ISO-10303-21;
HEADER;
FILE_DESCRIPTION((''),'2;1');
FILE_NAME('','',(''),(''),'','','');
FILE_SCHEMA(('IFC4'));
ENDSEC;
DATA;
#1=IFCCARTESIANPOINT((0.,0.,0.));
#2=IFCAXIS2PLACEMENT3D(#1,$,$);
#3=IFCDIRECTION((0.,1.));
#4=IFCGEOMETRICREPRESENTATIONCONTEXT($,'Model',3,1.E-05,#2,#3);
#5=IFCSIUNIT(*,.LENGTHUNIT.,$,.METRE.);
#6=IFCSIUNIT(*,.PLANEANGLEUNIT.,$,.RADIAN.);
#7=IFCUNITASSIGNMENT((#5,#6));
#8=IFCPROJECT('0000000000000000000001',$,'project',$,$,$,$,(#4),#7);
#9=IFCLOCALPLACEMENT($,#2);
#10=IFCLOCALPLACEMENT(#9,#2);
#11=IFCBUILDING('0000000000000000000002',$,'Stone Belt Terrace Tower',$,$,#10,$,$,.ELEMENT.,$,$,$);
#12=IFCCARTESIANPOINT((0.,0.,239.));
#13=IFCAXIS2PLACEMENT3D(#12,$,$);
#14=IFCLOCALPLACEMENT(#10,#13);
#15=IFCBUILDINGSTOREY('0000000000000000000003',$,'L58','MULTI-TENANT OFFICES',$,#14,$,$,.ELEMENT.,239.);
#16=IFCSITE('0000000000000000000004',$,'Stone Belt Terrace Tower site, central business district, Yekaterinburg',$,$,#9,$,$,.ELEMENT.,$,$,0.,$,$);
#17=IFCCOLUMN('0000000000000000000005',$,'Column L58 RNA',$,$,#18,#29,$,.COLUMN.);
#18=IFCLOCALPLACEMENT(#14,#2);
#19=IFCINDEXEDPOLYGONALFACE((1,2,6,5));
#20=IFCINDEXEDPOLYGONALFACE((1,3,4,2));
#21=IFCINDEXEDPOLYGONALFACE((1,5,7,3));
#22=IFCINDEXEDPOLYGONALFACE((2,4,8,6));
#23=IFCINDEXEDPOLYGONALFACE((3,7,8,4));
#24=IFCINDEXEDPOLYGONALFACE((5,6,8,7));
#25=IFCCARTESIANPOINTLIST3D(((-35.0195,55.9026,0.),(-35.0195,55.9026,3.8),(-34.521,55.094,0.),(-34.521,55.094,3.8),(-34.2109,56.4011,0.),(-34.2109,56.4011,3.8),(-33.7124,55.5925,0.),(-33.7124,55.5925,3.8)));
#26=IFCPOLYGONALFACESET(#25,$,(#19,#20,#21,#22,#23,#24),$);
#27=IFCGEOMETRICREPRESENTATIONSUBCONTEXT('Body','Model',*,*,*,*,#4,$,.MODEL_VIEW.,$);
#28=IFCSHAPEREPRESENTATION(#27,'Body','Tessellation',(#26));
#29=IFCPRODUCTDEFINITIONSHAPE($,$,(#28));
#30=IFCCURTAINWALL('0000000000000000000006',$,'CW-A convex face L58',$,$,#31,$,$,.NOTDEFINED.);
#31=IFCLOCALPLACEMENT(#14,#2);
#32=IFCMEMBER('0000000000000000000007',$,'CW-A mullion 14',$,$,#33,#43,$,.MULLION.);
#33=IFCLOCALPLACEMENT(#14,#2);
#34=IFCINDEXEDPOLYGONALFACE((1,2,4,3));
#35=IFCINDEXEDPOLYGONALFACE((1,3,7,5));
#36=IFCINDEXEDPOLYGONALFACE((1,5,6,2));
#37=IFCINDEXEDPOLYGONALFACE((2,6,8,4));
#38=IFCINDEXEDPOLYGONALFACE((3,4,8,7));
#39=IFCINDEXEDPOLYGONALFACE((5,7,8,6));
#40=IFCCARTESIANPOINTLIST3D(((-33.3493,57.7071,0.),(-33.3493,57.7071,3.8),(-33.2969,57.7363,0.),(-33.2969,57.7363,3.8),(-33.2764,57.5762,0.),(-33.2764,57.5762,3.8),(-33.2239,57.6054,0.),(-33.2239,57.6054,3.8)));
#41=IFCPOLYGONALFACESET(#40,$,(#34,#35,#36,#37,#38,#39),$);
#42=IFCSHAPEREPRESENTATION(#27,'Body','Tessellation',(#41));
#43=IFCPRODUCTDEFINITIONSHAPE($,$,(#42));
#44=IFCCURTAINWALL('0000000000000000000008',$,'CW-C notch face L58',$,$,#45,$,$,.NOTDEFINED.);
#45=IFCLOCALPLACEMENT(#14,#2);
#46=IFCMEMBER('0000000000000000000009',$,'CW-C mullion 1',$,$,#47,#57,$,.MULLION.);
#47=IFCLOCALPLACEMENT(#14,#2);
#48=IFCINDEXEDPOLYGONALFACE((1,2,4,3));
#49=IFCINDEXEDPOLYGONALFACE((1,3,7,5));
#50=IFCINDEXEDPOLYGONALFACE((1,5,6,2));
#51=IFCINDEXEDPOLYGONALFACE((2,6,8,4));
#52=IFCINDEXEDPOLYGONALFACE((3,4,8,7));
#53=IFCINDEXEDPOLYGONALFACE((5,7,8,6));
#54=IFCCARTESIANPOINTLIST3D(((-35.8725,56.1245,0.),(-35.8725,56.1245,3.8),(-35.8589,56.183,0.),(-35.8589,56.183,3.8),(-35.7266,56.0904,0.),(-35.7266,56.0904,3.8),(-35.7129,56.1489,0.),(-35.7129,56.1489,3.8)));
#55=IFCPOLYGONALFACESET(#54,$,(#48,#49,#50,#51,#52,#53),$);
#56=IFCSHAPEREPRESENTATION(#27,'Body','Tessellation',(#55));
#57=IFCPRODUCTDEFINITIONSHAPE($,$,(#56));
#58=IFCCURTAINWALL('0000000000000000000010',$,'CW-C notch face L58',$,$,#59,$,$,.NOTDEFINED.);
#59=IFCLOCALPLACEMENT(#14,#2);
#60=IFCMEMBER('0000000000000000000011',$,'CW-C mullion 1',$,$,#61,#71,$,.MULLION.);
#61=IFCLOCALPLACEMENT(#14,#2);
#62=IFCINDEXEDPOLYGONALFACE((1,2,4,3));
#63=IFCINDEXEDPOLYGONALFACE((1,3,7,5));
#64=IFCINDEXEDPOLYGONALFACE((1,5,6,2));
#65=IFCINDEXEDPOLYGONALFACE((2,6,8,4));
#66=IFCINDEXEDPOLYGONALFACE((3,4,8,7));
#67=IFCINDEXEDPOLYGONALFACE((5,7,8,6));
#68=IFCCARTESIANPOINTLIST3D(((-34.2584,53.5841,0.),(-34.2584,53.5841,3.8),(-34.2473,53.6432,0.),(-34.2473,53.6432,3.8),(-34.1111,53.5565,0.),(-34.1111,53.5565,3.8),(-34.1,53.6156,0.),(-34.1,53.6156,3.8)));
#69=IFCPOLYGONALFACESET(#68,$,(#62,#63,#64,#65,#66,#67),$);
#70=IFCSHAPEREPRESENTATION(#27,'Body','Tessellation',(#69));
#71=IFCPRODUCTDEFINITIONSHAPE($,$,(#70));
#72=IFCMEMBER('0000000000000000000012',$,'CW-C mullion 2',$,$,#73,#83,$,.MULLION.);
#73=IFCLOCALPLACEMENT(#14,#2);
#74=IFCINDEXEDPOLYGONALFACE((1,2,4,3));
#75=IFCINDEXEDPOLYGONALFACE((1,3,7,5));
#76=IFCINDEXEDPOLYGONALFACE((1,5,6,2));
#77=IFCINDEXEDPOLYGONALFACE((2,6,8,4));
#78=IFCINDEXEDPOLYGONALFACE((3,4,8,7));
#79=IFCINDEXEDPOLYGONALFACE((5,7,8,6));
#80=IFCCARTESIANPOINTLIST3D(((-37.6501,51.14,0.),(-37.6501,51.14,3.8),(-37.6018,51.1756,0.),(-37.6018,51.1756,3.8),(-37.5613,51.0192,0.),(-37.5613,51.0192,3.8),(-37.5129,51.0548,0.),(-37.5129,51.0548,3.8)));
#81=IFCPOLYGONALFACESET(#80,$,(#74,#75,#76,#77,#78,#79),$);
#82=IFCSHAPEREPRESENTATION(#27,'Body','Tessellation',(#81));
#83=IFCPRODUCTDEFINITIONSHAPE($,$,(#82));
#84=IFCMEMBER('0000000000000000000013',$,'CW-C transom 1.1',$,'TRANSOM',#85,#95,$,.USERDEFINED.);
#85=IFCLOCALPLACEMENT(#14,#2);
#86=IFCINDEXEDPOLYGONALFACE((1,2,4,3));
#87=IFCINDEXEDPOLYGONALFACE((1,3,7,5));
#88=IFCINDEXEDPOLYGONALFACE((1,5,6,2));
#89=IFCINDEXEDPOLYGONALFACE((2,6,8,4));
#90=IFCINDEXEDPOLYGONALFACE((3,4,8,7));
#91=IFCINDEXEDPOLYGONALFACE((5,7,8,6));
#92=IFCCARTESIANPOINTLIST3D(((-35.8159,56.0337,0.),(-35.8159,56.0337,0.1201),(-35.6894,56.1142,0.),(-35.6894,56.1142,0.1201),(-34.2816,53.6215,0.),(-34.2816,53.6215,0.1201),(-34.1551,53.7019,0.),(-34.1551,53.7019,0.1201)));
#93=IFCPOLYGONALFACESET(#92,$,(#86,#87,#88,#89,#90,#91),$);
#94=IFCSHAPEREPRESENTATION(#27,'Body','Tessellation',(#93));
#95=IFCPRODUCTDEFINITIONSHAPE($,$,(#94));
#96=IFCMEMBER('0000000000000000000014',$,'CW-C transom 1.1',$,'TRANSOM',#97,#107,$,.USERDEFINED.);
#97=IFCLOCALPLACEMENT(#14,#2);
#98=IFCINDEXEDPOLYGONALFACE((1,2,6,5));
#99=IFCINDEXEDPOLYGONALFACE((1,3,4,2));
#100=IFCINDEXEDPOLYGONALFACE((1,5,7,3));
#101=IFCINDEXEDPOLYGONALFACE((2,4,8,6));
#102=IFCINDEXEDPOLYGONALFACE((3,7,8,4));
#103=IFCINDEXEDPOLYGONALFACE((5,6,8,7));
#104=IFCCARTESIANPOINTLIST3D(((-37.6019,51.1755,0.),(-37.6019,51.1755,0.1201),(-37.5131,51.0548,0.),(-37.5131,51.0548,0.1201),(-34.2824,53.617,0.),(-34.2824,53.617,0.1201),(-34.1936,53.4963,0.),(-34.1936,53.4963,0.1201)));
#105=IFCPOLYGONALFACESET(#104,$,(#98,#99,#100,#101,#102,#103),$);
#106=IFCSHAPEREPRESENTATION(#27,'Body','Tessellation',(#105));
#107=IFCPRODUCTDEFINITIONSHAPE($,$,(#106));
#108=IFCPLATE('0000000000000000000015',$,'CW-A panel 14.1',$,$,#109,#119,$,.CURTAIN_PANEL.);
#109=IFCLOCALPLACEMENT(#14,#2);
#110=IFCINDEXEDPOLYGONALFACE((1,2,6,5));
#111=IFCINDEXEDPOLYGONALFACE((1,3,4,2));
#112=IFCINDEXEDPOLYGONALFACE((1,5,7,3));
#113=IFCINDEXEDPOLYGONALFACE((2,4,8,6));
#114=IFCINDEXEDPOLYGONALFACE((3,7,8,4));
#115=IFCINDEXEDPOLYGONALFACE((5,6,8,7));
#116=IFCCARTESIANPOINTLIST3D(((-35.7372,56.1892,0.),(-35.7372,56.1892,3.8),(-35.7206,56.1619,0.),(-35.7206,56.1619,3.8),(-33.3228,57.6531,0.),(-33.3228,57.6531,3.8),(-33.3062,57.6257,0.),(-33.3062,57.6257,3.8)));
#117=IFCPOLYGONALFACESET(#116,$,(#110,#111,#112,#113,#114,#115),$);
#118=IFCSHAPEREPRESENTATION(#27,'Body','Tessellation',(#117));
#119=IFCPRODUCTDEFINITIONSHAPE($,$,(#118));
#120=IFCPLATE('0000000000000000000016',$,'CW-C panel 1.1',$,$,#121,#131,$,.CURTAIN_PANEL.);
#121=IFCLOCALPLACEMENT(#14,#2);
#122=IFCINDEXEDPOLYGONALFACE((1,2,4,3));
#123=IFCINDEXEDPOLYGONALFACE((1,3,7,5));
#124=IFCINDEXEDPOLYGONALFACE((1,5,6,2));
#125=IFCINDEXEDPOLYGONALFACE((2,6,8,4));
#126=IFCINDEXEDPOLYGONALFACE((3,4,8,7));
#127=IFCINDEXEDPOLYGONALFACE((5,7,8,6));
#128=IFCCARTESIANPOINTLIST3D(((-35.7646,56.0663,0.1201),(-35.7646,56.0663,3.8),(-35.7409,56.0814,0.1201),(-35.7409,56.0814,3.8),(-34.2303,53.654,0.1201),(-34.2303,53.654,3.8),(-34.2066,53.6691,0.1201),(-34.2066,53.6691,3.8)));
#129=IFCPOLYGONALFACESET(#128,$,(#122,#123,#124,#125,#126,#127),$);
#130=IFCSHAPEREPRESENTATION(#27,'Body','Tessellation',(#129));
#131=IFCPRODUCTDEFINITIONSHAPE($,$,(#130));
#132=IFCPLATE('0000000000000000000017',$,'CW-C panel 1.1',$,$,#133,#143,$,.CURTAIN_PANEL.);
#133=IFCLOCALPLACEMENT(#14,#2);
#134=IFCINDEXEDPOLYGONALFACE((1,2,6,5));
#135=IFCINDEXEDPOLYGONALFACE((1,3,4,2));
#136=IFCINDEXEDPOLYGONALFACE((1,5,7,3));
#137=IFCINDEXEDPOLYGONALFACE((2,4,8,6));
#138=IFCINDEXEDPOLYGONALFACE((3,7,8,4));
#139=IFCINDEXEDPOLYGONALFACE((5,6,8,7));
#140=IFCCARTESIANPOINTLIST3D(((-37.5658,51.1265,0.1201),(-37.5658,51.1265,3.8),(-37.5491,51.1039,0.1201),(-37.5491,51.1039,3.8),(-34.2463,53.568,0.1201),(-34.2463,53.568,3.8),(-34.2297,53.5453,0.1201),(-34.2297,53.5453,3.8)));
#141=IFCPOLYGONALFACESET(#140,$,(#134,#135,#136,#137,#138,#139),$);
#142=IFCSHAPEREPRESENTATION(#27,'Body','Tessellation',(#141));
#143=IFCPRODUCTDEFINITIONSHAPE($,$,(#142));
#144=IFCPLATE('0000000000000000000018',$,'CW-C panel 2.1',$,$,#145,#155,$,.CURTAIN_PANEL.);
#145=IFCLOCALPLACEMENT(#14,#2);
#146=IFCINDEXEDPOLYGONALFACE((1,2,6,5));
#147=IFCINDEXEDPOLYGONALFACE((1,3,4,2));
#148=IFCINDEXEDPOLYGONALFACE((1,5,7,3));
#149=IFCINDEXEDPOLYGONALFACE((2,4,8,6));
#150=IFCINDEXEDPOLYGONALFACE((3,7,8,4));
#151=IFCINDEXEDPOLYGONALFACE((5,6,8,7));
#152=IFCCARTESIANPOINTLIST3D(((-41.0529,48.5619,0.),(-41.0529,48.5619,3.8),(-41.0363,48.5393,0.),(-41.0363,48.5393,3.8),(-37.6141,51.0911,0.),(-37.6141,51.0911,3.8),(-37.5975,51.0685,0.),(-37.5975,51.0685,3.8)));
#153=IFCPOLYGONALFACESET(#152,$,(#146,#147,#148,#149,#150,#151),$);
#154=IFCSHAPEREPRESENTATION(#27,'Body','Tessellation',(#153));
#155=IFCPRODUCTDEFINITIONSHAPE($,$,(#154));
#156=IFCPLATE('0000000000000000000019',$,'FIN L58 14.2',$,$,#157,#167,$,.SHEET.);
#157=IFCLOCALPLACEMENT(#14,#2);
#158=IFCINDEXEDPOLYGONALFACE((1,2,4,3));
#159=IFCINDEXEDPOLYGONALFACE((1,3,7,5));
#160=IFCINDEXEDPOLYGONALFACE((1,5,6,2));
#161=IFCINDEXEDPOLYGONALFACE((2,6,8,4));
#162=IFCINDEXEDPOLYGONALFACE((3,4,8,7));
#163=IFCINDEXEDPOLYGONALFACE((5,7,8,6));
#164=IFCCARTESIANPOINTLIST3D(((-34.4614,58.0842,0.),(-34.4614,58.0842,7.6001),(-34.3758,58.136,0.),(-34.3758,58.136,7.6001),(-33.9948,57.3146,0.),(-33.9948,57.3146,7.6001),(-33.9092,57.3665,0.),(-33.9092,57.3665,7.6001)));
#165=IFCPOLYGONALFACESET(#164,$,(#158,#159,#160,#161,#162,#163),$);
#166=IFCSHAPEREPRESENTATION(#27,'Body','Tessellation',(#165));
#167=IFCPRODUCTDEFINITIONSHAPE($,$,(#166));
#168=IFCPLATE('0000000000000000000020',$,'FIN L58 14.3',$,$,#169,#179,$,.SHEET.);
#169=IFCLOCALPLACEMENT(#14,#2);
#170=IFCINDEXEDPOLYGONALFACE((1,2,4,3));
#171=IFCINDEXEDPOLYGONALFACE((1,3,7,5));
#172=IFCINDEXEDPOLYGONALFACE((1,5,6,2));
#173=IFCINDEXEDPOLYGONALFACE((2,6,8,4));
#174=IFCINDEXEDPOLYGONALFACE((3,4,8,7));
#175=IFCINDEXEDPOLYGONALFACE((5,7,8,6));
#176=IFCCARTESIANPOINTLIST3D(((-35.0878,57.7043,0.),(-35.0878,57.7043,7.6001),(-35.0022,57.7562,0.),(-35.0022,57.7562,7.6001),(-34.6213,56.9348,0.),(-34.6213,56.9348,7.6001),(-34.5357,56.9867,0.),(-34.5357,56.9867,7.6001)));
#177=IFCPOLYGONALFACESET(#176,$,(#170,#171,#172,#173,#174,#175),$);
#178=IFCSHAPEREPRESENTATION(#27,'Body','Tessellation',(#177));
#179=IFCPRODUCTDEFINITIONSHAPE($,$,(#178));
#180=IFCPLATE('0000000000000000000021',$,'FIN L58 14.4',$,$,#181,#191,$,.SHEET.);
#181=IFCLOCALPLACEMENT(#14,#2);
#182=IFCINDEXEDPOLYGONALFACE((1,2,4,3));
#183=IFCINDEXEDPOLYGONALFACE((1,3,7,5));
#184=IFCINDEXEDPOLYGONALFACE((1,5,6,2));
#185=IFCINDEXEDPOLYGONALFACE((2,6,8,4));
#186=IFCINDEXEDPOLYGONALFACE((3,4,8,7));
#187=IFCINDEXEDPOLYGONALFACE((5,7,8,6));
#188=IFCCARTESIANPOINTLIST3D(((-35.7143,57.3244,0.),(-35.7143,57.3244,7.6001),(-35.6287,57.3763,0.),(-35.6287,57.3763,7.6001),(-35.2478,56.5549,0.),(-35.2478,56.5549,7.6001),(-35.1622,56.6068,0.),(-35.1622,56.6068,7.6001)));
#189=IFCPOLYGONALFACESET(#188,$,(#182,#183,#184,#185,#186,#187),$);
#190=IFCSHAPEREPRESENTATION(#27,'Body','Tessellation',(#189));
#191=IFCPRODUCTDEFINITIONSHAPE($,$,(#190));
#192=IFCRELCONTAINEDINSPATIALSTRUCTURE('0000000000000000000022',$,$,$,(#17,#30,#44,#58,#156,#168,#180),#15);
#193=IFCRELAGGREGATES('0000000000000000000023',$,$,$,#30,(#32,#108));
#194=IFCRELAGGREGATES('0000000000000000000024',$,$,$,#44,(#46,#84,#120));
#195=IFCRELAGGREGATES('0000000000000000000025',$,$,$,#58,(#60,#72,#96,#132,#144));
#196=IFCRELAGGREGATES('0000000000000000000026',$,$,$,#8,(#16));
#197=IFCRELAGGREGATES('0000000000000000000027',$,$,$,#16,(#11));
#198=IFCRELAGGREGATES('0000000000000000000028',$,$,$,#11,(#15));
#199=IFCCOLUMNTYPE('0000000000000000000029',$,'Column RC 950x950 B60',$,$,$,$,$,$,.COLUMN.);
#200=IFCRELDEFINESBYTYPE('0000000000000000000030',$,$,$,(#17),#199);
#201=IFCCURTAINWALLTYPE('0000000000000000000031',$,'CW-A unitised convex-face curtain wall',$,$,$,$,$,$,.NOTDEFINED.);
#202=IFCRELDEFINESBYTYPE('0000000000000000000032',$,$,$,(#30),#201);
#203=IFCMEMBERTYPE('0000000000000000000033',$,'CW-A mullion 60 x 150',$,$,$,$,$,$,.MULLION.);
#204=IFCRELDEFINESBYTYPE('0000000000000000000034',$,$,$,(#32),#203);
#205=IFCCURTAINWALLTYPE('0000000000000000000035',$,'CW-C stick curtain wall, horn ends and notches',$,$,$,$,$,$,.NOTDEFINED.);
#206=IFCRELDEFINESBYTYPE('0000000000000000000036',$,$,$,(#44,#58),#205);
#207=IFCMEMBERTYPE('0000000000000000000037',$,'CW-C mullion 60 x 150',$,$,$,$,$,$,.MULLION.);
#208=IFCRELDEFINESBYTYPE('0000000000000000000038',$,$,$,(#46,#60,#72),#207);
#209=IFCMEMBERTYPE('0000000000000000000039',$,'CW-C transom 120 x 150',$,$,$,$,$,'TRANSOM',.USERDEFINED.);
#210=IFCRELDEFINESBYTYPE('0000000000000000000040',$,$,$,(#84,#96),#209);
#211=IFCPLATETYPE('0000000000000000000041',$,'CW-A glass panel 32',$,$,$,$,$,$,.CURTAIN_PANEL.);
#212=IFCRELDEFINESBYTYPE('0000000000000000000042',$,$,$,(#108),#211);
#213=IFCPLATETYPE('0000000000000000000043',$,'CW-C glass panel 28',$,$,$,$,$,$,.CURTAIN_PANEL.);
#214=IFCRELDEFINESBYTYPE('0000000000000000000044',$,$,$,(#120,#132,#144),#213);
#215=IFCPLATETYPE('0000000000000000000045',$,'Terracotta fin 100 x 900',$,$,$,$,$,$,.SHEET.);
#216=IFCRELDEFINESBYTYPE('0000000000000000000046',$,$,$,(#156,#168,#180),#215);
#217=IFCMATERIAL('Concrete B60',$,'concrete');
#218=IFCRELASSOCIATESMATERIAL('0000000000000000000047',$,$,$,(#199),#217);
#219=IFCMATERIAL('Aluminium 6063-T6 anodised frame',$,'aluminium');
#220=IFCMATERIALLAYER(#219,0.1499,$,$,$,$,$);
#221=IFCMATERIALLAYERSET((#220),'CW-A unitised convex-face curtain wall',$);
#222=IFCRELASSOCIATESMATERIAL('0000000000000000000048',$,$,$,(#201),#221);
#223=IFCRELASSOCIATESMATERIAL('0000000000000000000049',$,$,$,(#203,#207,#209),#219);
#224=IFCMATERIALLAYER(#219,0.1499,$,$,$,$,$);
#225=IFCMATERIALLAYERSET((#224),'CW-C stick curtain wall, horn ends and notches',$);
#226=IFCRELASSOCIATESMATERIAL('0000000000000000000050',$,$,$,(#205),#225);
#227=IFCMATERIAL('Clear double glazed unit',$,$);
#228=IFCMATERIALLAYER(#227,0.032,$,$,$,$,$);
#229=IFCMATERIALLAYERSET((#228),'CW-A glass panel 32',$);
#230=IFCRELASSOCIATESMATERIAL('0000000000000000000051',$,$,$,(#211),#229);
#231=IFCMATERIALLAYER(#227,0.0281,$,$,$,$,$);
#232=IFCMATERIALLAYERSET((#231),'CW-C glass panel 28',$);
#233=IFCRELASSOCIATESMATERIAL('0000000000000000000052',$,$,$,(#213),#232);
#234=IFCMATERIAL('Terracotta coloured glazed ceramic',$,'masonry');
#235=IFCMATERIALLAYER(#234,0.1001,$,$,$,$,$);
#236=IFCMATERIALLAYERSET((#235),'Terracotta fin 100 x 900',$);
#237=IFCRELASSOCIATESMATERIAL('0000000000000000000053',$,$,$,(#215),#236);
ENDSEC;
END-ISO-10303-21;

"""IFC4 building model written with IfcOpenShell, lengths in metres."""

from ifc_helpers import new_model, si_unit, direction, frame, origin, origin_2d, place, context, subcontext, project, spatial, rectangle, extrude, material, layer, layer_set, material_profile, profile_set, type_object, element, aggregate, save


model = new_model("IFC4")

# Units and contexts
model_context = context("Model", 3, precision=1e-05, world=origin(), true_north=direction((0.0, 1.0)))
body_context = subcontext(model_context, "Body", "Model", "MODEL_VIEW")
ifc_project = project(units=[si_unit("LENGTHUNIT", "METRE"), si_unit("PLANEANGLEUNIT", "RADIAN")], contexts=[model_context])

# Site, building, storey
site_placement = place(None, origin())
site = spatial("IfcSite", under=ifc_project, at=site_placement, Name="Stone Belt Terrace Tower site, central business district, Yekaterinburg", CompositionType="ELEMENT", RefElevation=0.0)
building_placement = place(site_placement, origin())
building = spatial("IfcBuilding", under=site, at=building_placement, Name="Stone Belt Terrace Tower", CompositionType="ELEMENT")
storey_placement = place(building_placement, frame((0.0, 0.0, 239.0)))
storey = spatial("IfcBuildingStorey", under=building, at=storey_placement, Name="L58", Description="MULTI-TENANT OFFICES", CompositionType="ELEMENT", Elevation=239.0)

# Column
ifc_material_1 = material(Name="Concrete B60", Category="concrete")
ifc_material_profile_1 = material_profile(ifc_material_1, rectangle(XDim=0.95, YDim=0.95, at=origin_2d()), Name="RC 950x950")
ifc_profile_set_1 = profile_set([ifc_material_profile_1], Name="Concrete B60")
column_type = type_object("IfcColumnType", Name="Column RC 950x950 B60", PredefinedType="COLUMN", material=ifc_profile_set_1)
column_placement = place(storey_placement, frame((-34.366, 55.7476, 0.0), z_axis=(0.0, 0.0, 1.0), x_axis=(0.851251, 0.524759, 0.0)))
element("IfcColumn", 1, at=column_placement, inside=storey, type_object=column_type, Name="Column L58 RNA", PredefinedType="COLUMN", context=body_context, shape_type="SweptSolid", body=[
    extrude(rectangle(XDim=0.95, YDim=0.95, at=origin_2d()), origin(), (0.0, 0.0, 1.0), 3.8),
])

# Curtain walls, members
ifc_material_2 = material(Name="Aluminium 6063-T6 anodised frame", Category="aluminium")
ifc_layer_1 = layer(ifc_material_2, 0.1499)
ifc_layer_set_1 = layer_set([ifc_layer_1], Name="CW-A unitised convex-face curtain wall")
curtain_wall_type_1 = type_object("IfcCurtainWallType", Name="CW-A unitised convex-face curtain wall", PredefinedType="NOTDEFINED", material=ifc_layer_set_1)
curtain_wall_1_placement = place(storey_placement, origin())
curtain_wall_1 = element("IfcCurtainWall", 2, at=curtain_wall_1_placement, inside=storey, type_object=curtain_wall_type_1, Name="CW-A convex face L58", PredefinedType="NOTDEFINED")
ifc_material_profile_2 = material_profile(ifc_material_2, rectangle(XDim=0.1499, YDim=0.0601, at=origin_2d()), Name="Aluminium 6063-T6 60x150")
ifc_profile_set_2 = profile_set([ifc_material_profile_2], Name="Aluminium 6063-T6 anodised frame")
member_type_1 = type_object("IfcMemberType", Name="CW-A mullion 60 x 150", PredefinedType="MULLION", material=ifc_profile_set_2)
member_1_placement = place(storey_placement, frame((-33.2866, 57.6562, 0.0), z_axis=(0.0, 0.0, 1.0), x_axis=(0.486552, -0.873651, 0.0)))
member_1 = element("IfcMember", 3, at=member_1_placement, type_object=member_type_1, Name="CW-A mullion 14", PredefinedType="MULLION", context=body_context, shape_type="SweptSolid", body=[
    extrude(rectangle(XDim=0.1499, YDim=0.0601, at=origin_2d()), origin(), (0.0, 0.0, 1.0), 3.8),
])
ifc_layer_2 = layer(ifc_material_2, 0.1499)
ifc_layer_set_2 = layer_set([ifc_layer_2], Name="CW-C stick curtain wall, horn ends and notches")
curtain_wall_type_2 = type_object("IfcCurtainWallType", Name="CW-C stick curtain wall, horn ends and notches", PredefinedType="NOTDEFINED", material=ifc_layer_set_2)
curtain_wall_2_placement = place(storey_placement, origin())
curtain_wall_2 = element("IfcCurtainWall", 4, at=curtain_wall_2_placement, inside=storey, type_object=curtain_wall_type_2, Name="CW-C notch face L58", PredefinedType="NOTDEFINED")
ifc_material_profile_3 = material_profile(ifc_material_2, rectangle(XDim=0.1499, YDim=0.0601, at=origin_2d()), Name="Aluminium 6063-T6 60x150")
ifc_profile_set_3 = profile_set([ifc_material_profile_3], Name="Aluminium 6063-T6 anodised frame")
member_type_2 = type_object("IfcMemberType", Name="CW-C mullion 60 x 150", PredefinedType="MULLION", material=ifc_profile_set_3)
member_2_placement = place(storey_placement, frame((-35.7927, 56.1367, 0.0), z_axis=(0.0, 0.0, 1.0), x_axis=(0.973749, -0.227626, 0.0)))
member_2 = element("IfcMember", 5, at=member_2_placement, type_object=member_type_2, Name="CW-C mullion 1", PredefinedType="MULLION", context=body_context, shape_type="SweptSolid", body=[
    extrude(rectangle(XDim=0.1499, YDim=0.0601, at=origin_2d()), origin(), (0.0, 0.0, 1.0), 3.8),
])

# Curtain wall, members
curtain_wall_3_placement = place(storey_placement, origin())
curtain_wall_3 = element("IfcCurtainWall", 6, at=curtain_wall_3_placement, inside=storey, type_object=curtain_wall_type_2, Name="CW-C notch face L58", PredefinedType="NOTDEFINED")
member_3_placement = place(storey_placement, frame((-34.1792, 53.5999, 0.0), z_axis=(0.0, 0.0, 1.0), x_axis=(0.982921, -0.184029, 0.0)))
member_3 = element("IfcMember", 7, at=member_3_placement, type_object=member_type_2, Name="CW-C mullion 1", PredefinedType="MULLION", context=body_context, shape_type="SweptSolid", body=[
    extrude(rectangle(XDim=0.1499, YDim=0.0601, at=origin_2d()), origin(), (0.0, 0.0, 1.0), 3.8),
])
member_4_placement = place(storey_placement, frame((-37.5815, 51.0974, 0.0), z_axis=(0.0, 0.0, 1.0), x_axis=(0.592492, -0.805576, 0.0)))
member_4 = element("IfcMember", 8, at=member_4_placement, type_object=member_type_2, Name="CW-C mullion 2", PredefinedType="MULLION", context=body_context, shape_type="SweptSolid", body=[
    extrude(rectangle(XDim=0.1499, YDim=0.0601, at=origin_2d()), origin(), (0.0, 0.0, 1.0), 3.8),
])

# Members
ifc_material_profile_4 = material_profile(ifc_material_2, rectangle(XDim=0.1499, YDim=0.1201, at=origin_2d()), Name="Aluminium 6063-T6 150x120")
ifc_profile_set_4 = profile_set([ifc_material_profile_4], Name="Aluminium 6063-T6 anodised frame")
member_type_3 = type_object("IfcMemberType", Name="CW-C transom 120 x 150", ElementType="TRANSOM", PredefinedType="USERDEFINED", material=ifc_profile_set_4)
member_5_placement = place(storey_placement, frame((-35.7527, 56.074, 0.0601), z_axis=(0.536699, -0.843774, 0.0), x_axis=(0.843774, 0.536699, 0.0)))
member_5 = element("IfcMember", 9, at=member_5_placement, type_object=member_type_3, Name="CW-C transom 1.1", ObjectType="TRANSOM", PredefinedType="USERDEFINED", context=body_context, shape_type="SweptSolid", body=[
    extrude(rectangle(XDim=0.1499, YDim=0.1201, at=origin_2d()), origin(), (0.0, 0.0, 1.0), 2.8589),
])
member_6_placement = place(storey_placement, frame((-34.238, 53.5566, 0.0601), z_axis=(-0.805568, -0.592504, 0.0), x_axis=(0.592504, -0.805568, 0.0)))
member_6 = element("IfcMember", 10, at=member_6_placement, type_object=member_type_3, Name="CW-C transom 1.1", ObjectType="TRANSOM", PredefinedType="USERDEFINED", context=body_context, shape_type="SweptSolid", body=[
    extrude(rectangle(XDim=0.1499, YDim=0.1201, at=origin_2d()), origin(), (0.0, 0.0, 1.0), 4.1206),
])

# Plates
ifc_material_3 = material(Name="Clear double glazed unit")
ifc_layer_3 = layer(ifc_material_3, 0.032)
ifc_layer_set_3 = layer_set([ifc_layer_3], Name="CW-A glass panel 32")
plate_type_1 = type_object("IfcPlateType", Name="CW-A glass panel 32", PredefinedType="CURTAIN_PANEL", material=ifc_layer_set_3)
plate_1_placement = place(storey_placement, frame((-34.5217, 56.9075, 0.0), z_axis=(0.0, 0.0, 1.0), x_axis=(-0.855107, -0.518452, 0.0)))
plate_1 = element("IfcPlate", 11, at=plate_1_placement, type_object=plate_type_1, Name="CW-A panel 14.1", PredefinedType="CURTAIN_PANEL", context=body_context, shape_type="SweptSolid", body=[
    extrude(rectangle(XDim=2.8235, YDim=0.032, at=origin_2d()), origin(), (0.0, 0.0, 1.0), 3.8),
])
aggregate(curtain_wall_1, [member_1, plate_1])
ifc_layer_4 = layer(ifc_material_3, 0.0281)
ifc_layer_set_4 = layer_set([ifc_layer_4], Name="CW-C glass panel 28")
plate_type_2 = type_object("IfcPlateType", Name="CW-C glass panel 28", PredefinedType="CURTAIN_PANEL", material=ifc_layer_set_4)
plate_2_placement = place(storey_placement, frame((-34.9856, 54.8677, 0.1201), z_axis=(0.0, 0.0, 1.0), x_axis=(0.536665, -0.843795, 0.0)))
plate_2 = element("IfcPlate", 12, at=plate_2_placement, type_object=plate_type_2, Name="CW-C panel 1.1", PredefinedType="CURTAIN_PANEL", context=body_context, shape_type="SweptSolid", body=[
    extrude(rectangle(XDim=2.8589, YDim=0.0281, at=origin_2d()), origin(), (0.0, 0.0, 1.0), 3.6799),
])
aggregate(curtain_wall_2, [member_2, member_5, plate_2])
plate_3_placement = place(storey_placement, frame((-35.8977, 52.3359, 0.1201), z_axis=(0.0, 0.0, 1.0), x_axis=(-0.805576, -0.592492, 0.0)))
plate_3 = element("IfcPlate", 13, at=plate_3_placement, type_object=plate_type_2, Name="CW-C panel 1.1", PredefinedType="CURTAIN_PANEL", context=body_context, shape_type="SweptSolid", body=[
    extrude(rectangle(XDim=4.1206, YDim=0.0281, at=origin_2d()), origin(), (0.0, 0.0, 1.0), 3.6799),
])
plate_4_placement = place(storey_placement, frame((-39.3252, 49.8152, 0.0), z_axis=(0.0, 0.0, 1.0), x_axis=(-0.805576, -0.592492, 0.0)))
plate_4 = element("IfcPlate", 14, at=plate_4_placement, type_object=plate_type_2, Name="CW-C panel 2.1", PredefinedType="CURTAIN_PANEL", context=body_context, shape_type="SweptSolid", body=[
    extrude(rectangle(XDim=4.2688, YDim=0.0281, at=origin_2d()), origin(), (0.0, 0.0, 1.0), 3.8),
])
aggregate(curtain_wall_3, [member_3, member_4, member_6, plate_3, plate_4])

# Plates
ifc_material_4 = material(Name="Terracotta coloured glazed ceramic", Category="masonry")
ifc_layer_5 = layer(ifc_material_4, 0.1001)
ifc_layer_set_5 = layer_set([ifc_layer_5], Name="Terracotta fin 100 x 900")
plate_type_3 = type_object("IfcPlateType", Name="Terracotta fin 100 x 900", PredefinedType="SHEET", material=ifc_layer_set_5)
for number, where, z_axis, x_axis, name in (
    (15, (-34.1853, 57.7253, 0.0), (0.0, 0.0, 1.0), (-0.518452, 0.855107, 0.0), "FIN L58 14.2"),
    (16, (-34.8118, 57.3455, 0.0), (0.0, 0.0, 1.0), (-0.518452, 0.855107, 0.0), "FIN L58 14.3"),
    (17, (-35.4382, 56.9656, 0.0), (0.0, 0.0, 1.0), (-0.518452, 0.855107, 0.0), "FIN L58 14.4"),
):
    element("IfcPlate", number, at=place(storey_placement, frame(where, z_axis=z_axis, x_axis=x_axis)), inside=storey, type_object=plate_type_3, Name=name, PredefinedType="SHEET", context=body_context, shape_type="SweptSolid", body=[
        extrude(rectangle(XDim=0.8999, YDim=0.1001, at=origin_2d()), origin(), (0.0, 0.0, 1.0), 7.6001),
    ])

save(model, "model.ifc")
